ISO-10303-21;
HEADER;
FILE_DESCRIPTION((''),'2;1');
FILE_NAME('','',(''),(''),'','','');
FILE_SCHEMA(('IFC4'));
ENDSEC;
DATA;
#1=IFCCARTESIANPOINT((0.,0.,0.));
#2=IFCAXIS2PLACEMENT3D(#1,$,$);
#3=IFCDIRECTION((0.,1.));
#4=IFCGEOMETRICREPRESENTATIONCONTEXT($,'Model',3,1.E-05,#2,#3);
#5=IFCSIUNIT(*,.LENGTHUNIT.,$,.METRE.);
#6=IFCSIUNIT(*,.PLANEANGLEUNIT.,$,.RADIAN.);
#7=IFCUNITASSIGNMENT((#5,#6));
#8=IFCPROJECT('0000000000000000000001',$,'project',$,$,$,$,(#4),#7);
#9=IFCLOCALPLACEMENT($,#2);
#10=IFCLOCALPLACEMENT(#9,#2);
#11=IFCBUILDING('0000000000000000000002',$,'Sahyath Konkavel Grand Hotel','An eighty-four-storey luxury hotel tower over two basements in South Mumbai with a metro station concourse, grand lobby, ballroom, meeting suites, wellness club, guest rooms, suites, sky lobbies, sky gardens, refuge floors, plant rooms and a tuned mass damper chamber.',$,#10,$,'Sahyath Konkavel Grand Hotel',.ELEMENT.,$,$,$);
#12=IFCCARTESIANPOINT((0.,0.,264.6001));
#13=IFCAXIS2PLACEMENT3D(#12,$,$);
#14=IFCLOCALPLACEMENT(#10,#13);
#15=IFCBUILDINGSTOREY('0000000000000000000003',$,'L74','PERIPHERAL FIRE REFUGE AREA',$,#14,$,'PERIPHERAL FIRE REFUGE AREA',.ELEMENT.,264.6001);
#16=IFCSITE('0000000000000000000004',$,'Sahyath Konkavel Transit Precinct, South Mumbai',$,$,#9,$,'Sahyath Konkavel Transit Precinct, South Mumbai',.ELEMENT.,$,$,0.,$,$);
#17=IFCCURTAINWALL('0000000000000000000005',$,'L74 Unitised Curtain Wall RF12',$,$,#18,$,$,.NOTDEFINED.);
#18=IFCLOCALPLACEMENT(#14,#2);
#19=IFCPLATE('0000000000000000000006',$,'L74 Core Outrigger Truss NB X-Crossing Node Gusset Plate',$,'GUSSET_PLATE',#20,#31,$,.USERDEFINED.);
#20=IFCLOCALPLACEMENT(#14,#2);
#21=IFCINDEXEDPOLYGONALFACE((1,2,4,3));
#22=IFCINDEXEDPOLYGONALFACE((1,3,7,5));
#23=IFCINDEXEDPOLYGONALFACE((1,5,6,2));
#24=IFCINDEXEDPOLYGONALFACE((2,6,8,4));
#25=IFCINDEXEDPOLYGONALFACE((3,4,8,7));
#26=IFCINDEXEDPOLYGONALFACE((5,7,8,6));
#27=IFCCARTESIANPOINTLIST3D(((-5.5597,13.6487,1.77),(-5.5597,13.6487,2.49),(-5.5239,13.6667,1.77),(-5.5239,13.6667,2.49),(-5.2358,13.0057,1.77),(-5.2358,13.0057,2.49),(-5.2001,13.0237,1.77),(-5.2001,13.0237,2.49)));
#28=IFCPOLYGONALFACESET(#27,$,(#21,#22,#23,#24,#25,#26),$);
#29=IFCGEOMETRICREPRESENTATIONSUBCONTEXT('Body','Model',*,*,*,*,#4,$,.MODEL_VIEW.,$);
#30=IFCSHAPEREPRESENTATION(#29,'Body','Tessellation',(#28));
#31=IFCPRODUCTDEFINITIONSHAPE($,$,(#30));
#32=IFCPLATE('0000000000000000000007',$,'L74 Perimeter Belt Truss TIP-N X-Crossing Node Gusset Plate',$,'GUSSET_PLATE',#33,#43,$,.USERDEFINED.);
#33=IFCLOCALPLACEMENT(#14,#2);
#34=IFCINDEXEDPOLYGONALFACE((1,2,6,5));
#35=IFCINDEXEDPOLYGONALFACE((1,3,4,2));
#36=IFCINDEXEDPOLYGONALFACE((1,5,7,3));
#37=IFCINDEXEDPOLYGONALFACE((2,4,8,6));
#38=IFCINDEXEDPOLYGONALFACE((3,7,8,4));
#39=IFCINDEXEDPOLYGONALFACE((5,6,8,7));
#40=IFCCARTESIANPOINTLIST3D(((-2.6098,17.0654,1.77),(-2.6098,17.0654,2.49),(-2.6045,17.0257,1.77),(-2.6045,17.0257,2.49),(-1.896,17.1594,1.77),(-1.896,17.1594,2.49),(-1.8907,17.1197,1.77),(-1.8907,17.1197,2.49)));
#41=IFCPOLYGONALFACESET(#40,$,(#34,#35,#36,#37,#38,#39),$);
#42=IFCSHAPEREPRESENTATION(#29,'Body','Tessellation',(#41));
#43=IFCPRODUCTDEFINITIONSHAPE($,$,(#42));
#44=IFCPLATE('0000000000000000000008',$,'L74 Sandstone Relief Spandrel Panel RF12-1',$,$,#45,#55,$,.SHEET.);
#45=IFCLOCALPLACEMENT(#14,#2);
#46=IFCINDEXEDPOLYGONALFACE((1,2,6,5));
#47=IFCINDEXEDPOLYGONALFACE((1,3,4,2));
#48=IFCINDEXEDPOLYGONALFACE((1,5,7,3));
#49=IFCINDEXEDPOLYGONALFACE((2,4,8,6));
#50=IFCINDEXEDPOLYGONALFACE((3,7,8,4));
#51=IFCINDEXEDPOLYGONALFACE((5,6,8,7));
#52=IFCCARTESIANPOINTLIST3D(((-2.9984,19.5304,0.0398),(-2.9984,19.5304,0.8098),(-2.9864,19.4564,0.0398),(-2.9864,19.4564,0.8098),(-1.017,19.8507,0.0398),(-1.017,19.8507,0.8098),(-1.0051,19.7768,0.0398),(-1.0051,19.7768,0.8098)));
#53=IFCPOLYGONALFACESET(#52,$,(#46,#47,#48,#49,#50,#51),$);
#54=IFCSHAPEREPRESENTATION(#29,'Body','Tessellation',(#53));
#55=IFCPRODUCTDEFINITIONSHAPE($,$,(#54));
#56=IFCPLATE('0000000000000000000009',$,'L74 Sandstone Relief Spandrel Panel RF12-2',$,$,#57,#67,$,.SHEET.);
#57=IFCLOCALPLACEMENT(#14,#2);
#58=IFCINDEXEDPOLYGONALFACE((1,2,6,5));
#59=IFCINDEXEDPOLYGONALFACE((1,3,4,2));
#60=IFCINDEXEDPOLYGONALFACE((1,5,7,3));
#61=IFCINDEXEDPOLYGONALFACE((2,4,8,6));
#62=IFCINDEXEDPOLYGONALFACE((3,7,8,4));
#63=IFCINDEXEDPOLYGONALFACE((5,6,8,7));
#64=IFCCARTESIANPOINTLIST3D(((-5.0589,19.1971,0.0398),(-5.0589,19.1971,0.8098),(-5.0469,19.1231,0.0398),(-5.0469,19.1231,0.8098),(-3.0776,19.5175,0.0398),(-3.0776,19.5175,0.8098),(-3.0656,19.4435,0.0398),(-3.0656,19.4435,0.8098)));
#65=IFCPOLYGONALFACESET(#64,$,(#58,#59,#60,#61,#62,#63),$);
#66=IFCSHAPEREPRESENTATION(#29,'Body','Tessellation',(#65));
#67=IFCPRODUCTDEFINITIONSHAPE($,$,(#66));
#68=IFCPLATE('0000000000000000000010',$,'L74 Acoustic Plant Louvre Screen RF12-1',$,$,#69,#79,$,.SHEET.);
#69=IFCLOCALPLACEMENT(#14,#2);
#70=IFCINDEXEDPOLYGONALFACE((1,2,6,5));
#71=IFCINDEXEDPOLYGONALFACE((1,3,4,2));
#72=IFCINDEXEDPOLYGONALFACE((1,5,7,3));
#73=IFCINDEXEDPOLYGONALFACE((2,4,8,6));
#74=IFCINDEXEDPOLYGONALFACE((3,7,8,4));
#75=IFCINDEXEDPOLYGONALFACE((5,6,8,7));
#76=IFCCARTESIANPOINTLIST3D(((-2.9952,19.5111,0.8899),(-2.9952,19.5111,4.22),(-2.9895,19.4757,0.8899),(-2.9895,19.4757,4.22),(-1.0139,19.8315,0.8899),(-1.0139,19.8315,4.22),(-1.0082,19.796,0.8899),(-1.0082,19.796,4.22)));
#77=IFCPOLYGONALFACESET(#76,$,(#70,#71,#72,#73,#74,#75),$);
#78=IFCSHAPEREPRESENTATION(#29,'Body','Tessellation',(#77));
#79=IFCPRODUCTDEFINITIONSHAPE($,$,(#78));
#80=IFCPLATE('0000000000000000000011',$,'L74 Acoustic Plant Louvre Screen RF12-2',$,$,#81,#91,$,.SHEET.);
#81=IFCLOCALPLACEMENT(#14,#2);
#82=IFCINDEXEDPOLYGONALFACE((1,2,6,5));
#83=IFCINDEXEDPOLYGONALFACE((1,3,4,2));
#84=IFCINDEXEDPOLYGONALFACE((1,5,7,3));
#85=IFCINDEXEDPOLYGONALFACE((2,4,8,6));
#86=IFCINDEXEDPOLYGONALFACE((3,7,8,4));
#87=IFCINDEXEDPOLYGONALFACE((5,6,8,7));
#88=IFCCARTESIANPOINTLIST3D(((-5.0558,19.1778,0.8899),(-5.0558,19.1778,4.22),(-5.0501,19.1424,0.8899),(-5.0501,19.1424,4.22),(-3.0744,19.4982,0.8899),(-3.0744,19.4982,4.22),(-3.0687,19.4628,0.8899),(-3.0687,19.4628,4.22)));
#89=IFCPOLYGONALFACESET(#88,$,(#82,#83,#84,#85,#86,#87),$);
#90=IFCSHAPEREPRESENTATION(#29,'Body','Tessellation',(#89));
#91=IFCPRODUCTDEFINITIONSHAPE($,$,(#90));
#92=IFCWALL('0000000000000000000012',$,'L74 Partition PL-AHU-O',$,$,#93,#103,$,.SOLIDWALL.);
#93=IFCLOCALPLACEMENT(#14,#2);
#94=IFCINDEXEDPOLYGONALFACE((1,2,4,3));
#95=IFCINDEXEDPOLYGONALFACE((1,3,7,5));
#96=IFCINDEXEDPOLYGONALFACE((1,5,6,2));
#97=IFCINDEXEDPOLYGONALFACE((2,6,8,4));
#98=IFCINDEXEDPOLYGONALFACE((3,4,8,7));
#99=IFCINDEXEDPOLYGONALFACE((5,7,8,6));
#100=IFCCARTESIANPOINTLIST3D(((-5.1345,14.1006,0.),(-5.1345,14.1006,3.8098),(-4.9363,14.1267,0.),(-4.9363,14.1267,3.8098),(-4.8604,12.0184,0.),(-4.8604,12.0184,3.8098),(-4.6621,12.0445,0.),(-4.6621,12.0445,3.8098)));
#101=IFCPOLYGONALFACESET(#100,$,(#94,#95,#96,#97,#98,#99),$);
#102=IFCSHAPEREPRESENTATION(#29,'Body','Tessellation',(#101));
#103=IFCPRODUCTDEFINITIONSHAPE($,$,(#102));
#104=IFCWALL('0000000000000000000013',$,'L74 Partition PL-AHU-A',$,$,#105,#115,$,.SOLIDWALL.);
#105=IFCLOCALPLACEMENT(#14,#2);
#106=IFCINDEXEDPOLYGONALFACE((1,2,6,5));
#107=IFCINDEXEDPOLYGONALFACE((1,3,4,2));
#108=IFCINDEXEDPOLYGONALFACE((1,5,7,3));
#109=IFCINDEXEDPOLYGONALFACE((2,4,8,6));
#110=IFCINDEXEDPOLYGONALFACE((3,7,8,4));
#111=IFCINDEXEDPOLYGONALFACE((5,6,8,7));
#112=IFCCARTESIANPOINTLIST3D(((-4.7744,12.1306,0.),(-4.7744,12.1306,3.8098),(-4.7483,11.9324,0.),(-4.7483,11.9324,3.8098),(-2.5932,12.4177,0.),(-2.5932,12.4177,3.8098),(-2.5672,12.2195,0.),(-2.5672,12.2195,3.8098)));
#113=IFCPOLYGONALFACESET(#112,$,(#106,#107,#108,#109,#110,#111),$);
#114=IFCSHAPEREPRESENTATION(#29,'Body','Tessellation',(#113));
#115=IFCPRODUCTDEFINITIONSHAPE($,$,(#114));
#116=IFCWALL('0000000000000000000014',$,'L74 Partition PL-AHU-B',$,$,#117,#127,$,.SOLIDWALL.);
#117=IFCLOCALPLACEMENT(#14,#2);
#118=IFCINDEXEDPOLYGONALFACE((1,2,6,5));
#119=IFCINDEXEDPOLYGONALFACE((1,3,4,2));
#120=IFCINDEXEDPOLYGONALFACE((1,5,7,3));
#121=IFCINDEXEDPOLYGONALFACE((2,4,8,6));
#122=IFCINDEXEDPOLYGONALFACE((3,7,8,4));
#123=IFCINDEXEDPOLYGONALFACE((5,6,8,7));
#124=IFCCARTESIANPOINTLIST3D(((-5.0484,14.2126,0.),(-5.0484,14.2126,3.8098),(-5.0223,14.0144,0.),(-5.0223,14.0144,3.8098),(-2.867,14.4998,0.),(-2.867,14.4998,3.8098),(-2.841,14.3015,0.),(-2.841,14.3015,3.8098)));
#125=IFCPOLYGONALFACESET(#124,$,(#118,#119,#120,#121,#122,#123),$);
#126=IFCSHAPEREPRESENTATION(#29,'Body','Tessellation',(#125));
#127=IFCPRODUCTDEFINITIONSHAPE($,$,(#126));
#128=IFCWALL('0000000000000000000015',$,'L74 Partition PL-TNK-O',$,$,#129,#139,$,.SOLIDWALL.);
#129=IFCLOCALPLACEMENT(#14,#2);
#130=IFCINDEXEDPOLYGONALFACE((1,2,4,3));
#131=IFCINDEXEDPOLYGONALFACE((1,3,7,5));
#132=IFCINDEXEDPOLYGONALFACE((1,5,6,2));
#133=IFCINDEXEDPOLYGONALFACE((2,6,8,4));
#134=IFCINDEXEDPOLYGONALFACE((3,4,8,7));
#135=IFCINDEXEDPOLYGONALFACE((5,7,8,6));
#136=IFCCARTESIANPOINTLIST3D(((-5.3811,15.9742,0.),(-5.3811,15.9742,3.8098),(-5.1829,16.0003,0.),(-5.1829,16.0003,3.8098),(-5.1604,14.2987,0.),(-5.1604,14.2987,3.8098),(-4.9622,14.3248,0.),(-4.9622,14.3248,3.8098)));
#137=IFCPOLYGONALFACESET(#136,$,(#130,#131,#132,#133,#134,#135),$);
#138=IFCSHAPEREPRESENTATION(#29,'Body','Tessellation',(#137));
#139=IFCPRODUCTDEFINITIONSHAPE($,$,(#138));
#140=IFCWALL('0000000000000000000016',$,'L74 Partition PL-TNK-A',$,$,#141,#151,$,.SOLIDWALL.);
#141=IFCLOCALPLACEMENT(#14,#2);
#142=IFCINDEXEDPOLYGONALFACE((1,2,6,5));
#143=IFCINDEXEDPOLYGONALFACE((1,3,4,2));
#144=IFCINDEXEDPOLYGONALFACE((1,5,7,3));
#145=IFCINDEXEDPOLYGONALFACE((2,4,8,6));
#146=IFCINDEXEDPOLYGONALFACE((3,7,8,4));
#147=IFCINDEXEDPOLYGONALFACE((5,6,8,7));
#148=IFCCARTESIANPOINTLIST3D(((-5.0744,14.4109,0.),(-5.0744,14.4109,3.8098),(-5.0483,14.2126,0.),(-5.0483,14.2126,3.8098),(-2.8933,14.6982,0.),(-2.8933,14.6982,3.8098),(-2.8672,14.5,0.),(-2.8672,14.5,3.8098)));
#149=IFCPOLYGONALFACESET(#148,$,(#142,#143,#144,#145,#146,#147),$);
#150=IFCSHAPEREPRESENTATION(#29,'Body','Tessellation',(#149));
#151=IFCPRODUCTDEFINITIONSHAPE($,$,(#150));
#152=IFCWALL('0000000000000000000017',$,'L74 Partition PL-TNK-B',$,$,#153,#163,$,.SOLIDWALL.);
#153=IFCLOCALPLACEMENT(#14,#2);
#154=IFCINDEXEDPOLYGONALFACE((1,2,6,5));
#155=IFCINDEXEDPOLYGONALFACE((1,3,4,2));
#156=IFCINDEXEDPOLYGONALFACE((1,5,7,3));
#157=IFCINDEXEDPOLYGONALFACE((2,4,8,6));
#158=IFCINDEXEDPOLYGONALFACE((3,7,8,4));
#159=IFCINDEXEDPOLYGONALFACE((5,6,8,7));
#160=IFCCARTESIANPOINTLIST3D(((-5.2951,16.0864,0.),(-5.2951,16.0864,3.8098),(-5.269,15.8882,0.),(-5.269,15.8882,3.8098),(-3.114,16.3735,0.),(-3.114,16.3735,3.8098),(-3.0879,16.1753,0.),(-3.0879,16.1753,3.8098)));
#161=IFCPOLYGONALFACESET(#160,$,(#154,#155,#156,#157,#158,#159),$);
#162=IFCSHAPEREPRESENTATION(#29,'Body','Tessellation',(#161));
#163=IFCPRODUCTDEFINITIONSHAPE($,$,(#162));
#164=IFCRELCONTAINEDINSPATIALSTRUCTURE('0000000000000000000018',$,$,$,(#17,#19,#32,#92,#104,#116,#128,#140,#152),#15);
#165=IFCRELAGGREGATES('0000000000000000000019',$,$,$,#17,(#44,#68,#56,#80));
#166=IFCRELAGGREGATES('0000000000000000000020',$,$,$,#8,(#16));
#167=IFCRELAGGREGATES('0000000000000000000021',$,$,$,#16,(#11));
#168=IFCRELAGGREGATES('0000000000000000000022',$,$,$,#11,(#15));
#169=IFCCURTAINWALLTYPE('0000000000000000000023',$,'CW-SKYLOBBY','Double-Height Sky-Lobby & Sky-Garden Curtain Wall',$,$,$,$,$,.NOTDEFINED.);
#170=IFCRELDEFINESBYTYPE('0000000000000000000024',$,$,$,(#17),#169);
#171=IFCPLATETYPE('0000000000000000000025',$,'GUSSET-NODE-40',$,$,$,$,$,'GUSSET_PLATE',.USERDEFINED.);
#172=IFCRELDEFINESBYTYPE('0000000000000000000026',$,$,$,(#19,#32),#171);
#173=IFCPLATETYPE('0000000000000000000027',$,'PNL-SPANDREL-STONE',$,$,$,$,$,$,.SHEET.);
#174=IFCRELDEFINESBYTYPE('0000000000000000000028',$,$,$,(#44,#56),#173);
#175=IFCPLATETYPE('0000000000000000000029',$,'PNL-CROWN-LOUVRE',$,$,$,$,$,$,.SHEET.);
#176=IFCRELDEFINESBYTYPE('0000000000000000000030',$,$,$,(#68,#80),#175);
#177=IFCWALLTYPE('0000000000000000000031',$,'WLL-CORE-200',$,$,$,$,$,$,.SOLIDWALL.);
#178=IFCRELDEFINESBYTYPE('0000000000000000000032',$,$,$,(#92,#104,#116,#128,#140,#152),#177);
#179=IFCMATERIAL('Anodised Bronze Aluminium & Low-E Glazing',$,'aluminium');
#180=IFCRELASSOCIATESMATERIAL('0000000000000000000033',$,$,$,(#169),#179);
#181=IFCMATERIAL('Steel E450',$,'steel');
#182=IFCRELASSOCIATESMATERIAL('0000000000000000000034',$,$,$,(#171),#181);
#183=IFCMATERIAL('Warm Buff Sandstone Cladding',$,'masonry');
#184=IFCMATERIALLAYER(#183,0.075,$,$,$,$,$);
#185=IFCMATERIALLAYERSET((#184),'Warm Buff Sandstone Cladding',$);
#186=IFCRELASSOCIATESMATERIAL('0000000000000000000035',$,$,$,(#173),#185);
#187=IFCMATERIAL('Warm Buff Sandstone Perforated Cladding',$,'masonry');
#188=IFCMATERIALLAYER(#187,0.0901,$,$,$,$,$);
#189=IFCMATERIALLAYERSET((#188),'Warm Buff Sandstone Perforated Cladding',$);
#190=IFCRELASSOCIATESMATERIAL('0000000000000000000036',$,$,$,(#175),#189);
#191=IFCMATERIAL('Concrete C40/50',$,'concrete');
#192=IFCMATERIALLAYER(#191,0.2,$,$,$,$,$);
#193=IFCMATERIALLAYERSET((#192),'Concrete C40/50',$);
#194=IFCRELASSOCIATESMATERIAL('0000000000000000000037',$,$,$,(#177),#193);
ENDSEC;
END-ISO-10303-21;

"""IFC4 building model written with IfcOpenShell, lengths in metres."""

from ifc_helpers import new_model, si_unit, direction, frame, frame_2d, origin, origin_2d, place, context, subcontext, project, spatial, rectangle, extrude, source, transform, mapped, material, layer, layer_set, type_object, element, aggregate, save


model = new_model("IFC4")

# Units and contexts
model_context = context("Model", 3, precision=1e-05, world=origin(), true_north=direction((0.0, 1.0)))
body_context = subcontext(model_context, "Body", "Model", "MODEL_VIEW")
ifc_project = project(units=[si_unit("LENGTHUNIT", "METRE"), si_unit("PLANEANGLEUNIT", "RADIAN")], contexts=[model_context])

# Site, building, storey
site_placement = place(None, origin())
site = spatial("IfcSite", under=ifc_project, at=site_placement, Name="Sahyath Konkavel Transit Precinct, South Mumbai", LongName="Sahyath Konkavel Transit Precinct, South Mumbai", CompositionType="ELEMENT", RefElevation=0.0)
building_placement = place(site_placement, origin())
building = spatial("IfcBuilding", under=site, at=building_placement, Name="Sahyath Konkavel Grand Hotel", Description="An eighty-four-storey luxury hotel tower over two basements in South Mumbai with a metro station concourse, grand lobby, ballroom, meeting suites, wellness club, guest rooms, suites, sky lobbies, sky gardens, refuge floors, plant rooms and a tuned mass damper chamber.", LongName="Sahyath Konkavel Grand Hotel", CompositionType="ELEMENT")
storey_placement = place(building_placement, frame((0.0, 0.0, 264.6001)))
storey = spatial("IfcBuildingStorey", under=building, at=storey_placement, Name="L74", Description="PERIPHERAL FIRE REFUGE AREA", LongName="PERIPHERAL FIRE REFUGE AREA", CompositionType="ELEMENT", Elevation=264.6001)

# Shared definitions
ifc_material_1 = material(Name="Steel E450", Category="steel")

# Curtain wall
ifc_material_2 = material(Name="Anodised Bronze Aluminium & Low-E Glazing", Category="aluminium")
curtain_wall_type = type_object("IfcCurtainWallType", Name="CW-SKYLOBBY", Description="Double-Height Sky-Lobby & Sky-Garden Curtain Wall", PredefinedType="NOTDEFINED", material=ifc_material_2)
curtain_wall_placement = place(storey_placement, origin())
curtain_wall = element("IfcCurtainWall", 1, at=curtain_wall_placement, inside=storey, type_object=curtain_wall_type, Name="L74 Unitised Curtain Wall RF12", PredefinedType="NOTDEFINED")

# Plates
plate_type_1 = type_object("IfcPlateType", Name="GUSSET-NODE-40", ElementType="GUSSET_PLATE", PredefinedType="USERDEFINED", material=ifc_material_1)
shared_shape_1 = source(origin(), body_context, "Body", "SweptSolid", [
    extrude(rectangle(XDim=0.72, YDim=0.04, at=origin_2d()), origin(), (0.0, 0.0, 1.0), 0.72),
])
for number, where, z_axis, x_axis, name in (
    (2, (-5.3799, 13.3362, 1.77), (0.0, 0.0, 1.0), (-0.449865, 0.893097, 0.0), "L74 Core Outrigger Truss NB X-Crossing Node Gusset Plate"),
    (3, (-2.2502, 17.0925, 1.77), (0.0, 0.0, 1.0), (-0.991445, -0.130526, 0.0), "L74 Perimeter Belt Truss TIP-N X-Crossing Node Gusset Plate"),
):
    element("IfcPlate", number, at=place(storey_placement, frame(where, z_axis=z_axis, x_axis=x_axis)), inside=storey, type_object=plate_type_1, Name=name, ObjectType="GUSSET_PLATE", PredefinedType="USERDEFINED", context=body_context, shape_type="MappedRepresentation", body=[
        mapped(shared_shape_1, transform((0.0, 0.0, 0.0), scale=1.0)),
    ])

# Plates
ifc_material_3 = material(Name="Warm Buff Sandstone Cladding", Category="masonry")
ifc_layer_1 = layer(ifc_material_3, 0.075)
ifc_layer_set_1 = layer_set([ifc_layer_1], Name="Warm Buff Sandstone Cladding")
plate_type_2 = type_object("IfcPlateType", Name="PNL-SPANDREL-STONE", PredefinedType="SHEET", material=ifc_layer_set_1)
shared_shape_2 = source(origin(), body_context, "Body", "SweptSolid", [
    extrude(rectangle(XDim=2.0071, YDim=0.075, at=origin_2d()), origin(), (0.0, 0.0, 1.0), 0.77),
])
plate_1_placement = place(storey_placement, frame((-2.0017, 19.6536, 0.0398), z_axis=(0.0, 0.0, 1.0), x_axis=(-0.987178, -0.159623, 0.0)))
plate_1 = element("IfcPlate", 4, at=plate_1_placement, type_object=plate_type_2, Name="L74 Sandstone Relief Spandrel Panel RF12-1", PredefinedType="SHEET", context=body_context, shape_type="MappedRepresentation", body=[
    mapped(shared_shape_2, transform((0.0, 0.0, 0.0), scale=1.0)),
])
plate_2_placement = place(storey_placement, frame((-4.0623, 19.3203, 0.0398), z_axis=(0.0, 0.0, 1.0), x_axis=(-0.987178, -0.159623, 0.0)))
plate_2 = element("IfcPlate", 5, at=plate_2_placement, type_object=plate_type_2, Name="L74 Sandstone Relief Spandrel Panel RF12-2", PredefinedType="SHEET", context=body_context, shape_type="MappedRepresentation", body=[
    mapped(shared_shape_2, transform((0.0, 0.0, 0.0), scale=1.0)),
])
ifc_material_4 = material(Name="Warm Buff Sandstone Perforated Cladding", Category="masonry")
ifc_layer_2 = layer(ifc_material_4, 0.0901)
ifc_layer_set_2 = layer_set([ifc_layer_2], Name="Warm Buff Sandstone Perforated Cladding")
plate_type_3 = type_object("IfcPlateType", Name="PNL-CROWN-LOUVRE", PredefinedType="SHEET", material=ifc_layer_set_2)
shared_shape_3 = source(origin(), body_context, "Body", "SweptSolid", [
    extrude(rectangle(XDim=2.0071, YDim=0.0359, at=origin_2d()), origin(), (0.0, 0.0, 1.0), 3.3301),
])
plate_3_placement = place(storey_placement, frame((-2.0017, 19.6536, 0.8899), z_axis=(0.0, 0.0, 1.0), x_axis=(-0.987178, -0.159623, 0.0)))
plate_3 = element("IfcPlate", 6, at=plate_3_placement, type_object=plate_type_3, Name="L74 Acoustic Plant Louvre Screen RF12-1", PredefinedType="SHEET", context=body_context, shape_type="MappedRepresentation", body=[
    mapped(shared_shape_3, transform((0.0, 0.0, 0.0), scale=1.0)),
])
plate_4_placement = place(storey_placement, frame((-4.0623, 19.3203, 0.8899), z_axis=(0.0, 0.0, 1.0), x_axis=(-0.987178, -0.159623, 0.0)))
plate_4 = element("IfcPlate", 7, at=plate_4_placement, type_object=plate_type_3, Name="L74 Acoustic Plant Louvre Screen RF12-2", PredefinedType="SHEET", context=body_context, shape_type="MappedRepresentation", body=[
    mapped(shared_shape_3, transform((0.0, 0.0, 0.0), scale=1.0)),
])
aggregate(curtain_wall, [plate_1, plate_3, plate_2, plate_4])

# Shared definitions
ifc_material_5 = material(Name="Concrete C40/50", Category="concrete")
ifc_layer_3 = layer(ifc_material_5, 0.2)
ifc_layer_set_3 = layer_set([ifc_layer_3], Name="Concrete C40/50")
wall_type = type_object("IfcWallType", Name="WLL-CORE-200", PredefinedType="SOLIDWALL", material=ifc_layer_set_3)

# Walls
wall_1_placement = place(storey_placement, frame((-4.7612, 12.0315, 0.0), z_axis=(0.0, 0.0, 1.0), x_axis=(-0.130557, 0.991441, 0.0)))
element("IfcWall", 8, at=wall_1_placement, inside=storey, type_object=wall_type, Name="L74 Partition PL-AHU-O", PredefinedType="SOLIDWALL", context=body_context, shape_type="SweptSolid", body=[
    extrude(rectangle(XDim=2.1001, YDim=0.2, at=frame_2d((1.05, 0.0))), origin(), (0.0, 0.0, 1.0), 3.8098),
])
wall_2_placement = place(storey_placement, frame((-2.5801, 12.3186, 0.0), z_axis=(0.0, 0.0, 1.0), x_axis=(-0.991447, -0.130506, 0.0)))
element("IfcWall", 9, at=wall_2_placement, inside=storey, type_object=wall_type, Name="L74 Partition PL-AHU-A", PredefinedType="SOLIDWALL", context=body_context, shape_type="SweptSolid", body=[
    extrude(rectangle(XDim=2.2, YDim=0.2, at=frame_2d((1.1001, 0.0))), origin(), (0.0, 0.0, 1.0), 3.8098),
])
wall_3_placement = place(storey_placement, frame((-2.854, 14.4006, 0.0), z_axis=(0.0, 0.0, 1.0), x_axis=(-0.991449, -0.130492, 0.0)))
element("IfcWall", 10, at=wall_3_placement, inside=storey, type_object=wall_type, Name="L74 Partition PL-AHU-B", PredefinedType="SOLIDWALL", context=body_context, shape_type="SweptSolid", body=[
    extrude(rectangle(XDim=2.2002, YDim=0.2, at=frame_2d((1.1001, 0.0))), origin(), (0.0, 0.0, 1.0), 3.8098),
])

# Walls
wall_4_placement = place(storey_placement, frame((-5.0613, 14.3118, 0.0), z_axis=(0.0, 0.0, 1.0), x_axis=(-0.130593, 0.991436, 0.0)))
element("IfcWall", 11, at=wall_4_placement, inside=storey, type_object=wall_type, Name="L74 Partition PL-TNK-O", PredefinedType="SOLIDWALL", context=body_context, shape_type="SweptSolid", body=[
    extrude(rectangle(XDim=1.6899, YDim=0.2, at=frame_2d((0.845, 0.0))), origin(), (0.0, 0.0, 1.0), 3.8098),
])
for number, where, z_axis, x_axis, name in (
    (12, (-2.8801, 14.5991, 0.0), (0.0, 0.0, 1.0), (-0.991433, -0.130615, 0.0), "L74 Partition PL-TNK-A"),
    (13, (-3.1008, 16.2744, 0.0), (0.0, 0.0, 1.0), (-0.991447, -0.130506, 0.0), "L74 Partition PL-TNK-B"),
):
    element("IfcWall", number, at=place(storey_placement, frame(where, z_axis=z_axis, x_axis=x_axis)), inside=storey, type_object=wall_type, Name=name, PredefinedType="SOLIDWALL", context=body_context, shape_type="SweptSolid", body=[
        extrude(rectangle(XDim=2.2, YDim=0.2, at=frame_2d((1.1001, 0.0))), origin(), (0.0, 0.0, 1.0), 3.8098),
    ])

save(model, "model.ifc")
